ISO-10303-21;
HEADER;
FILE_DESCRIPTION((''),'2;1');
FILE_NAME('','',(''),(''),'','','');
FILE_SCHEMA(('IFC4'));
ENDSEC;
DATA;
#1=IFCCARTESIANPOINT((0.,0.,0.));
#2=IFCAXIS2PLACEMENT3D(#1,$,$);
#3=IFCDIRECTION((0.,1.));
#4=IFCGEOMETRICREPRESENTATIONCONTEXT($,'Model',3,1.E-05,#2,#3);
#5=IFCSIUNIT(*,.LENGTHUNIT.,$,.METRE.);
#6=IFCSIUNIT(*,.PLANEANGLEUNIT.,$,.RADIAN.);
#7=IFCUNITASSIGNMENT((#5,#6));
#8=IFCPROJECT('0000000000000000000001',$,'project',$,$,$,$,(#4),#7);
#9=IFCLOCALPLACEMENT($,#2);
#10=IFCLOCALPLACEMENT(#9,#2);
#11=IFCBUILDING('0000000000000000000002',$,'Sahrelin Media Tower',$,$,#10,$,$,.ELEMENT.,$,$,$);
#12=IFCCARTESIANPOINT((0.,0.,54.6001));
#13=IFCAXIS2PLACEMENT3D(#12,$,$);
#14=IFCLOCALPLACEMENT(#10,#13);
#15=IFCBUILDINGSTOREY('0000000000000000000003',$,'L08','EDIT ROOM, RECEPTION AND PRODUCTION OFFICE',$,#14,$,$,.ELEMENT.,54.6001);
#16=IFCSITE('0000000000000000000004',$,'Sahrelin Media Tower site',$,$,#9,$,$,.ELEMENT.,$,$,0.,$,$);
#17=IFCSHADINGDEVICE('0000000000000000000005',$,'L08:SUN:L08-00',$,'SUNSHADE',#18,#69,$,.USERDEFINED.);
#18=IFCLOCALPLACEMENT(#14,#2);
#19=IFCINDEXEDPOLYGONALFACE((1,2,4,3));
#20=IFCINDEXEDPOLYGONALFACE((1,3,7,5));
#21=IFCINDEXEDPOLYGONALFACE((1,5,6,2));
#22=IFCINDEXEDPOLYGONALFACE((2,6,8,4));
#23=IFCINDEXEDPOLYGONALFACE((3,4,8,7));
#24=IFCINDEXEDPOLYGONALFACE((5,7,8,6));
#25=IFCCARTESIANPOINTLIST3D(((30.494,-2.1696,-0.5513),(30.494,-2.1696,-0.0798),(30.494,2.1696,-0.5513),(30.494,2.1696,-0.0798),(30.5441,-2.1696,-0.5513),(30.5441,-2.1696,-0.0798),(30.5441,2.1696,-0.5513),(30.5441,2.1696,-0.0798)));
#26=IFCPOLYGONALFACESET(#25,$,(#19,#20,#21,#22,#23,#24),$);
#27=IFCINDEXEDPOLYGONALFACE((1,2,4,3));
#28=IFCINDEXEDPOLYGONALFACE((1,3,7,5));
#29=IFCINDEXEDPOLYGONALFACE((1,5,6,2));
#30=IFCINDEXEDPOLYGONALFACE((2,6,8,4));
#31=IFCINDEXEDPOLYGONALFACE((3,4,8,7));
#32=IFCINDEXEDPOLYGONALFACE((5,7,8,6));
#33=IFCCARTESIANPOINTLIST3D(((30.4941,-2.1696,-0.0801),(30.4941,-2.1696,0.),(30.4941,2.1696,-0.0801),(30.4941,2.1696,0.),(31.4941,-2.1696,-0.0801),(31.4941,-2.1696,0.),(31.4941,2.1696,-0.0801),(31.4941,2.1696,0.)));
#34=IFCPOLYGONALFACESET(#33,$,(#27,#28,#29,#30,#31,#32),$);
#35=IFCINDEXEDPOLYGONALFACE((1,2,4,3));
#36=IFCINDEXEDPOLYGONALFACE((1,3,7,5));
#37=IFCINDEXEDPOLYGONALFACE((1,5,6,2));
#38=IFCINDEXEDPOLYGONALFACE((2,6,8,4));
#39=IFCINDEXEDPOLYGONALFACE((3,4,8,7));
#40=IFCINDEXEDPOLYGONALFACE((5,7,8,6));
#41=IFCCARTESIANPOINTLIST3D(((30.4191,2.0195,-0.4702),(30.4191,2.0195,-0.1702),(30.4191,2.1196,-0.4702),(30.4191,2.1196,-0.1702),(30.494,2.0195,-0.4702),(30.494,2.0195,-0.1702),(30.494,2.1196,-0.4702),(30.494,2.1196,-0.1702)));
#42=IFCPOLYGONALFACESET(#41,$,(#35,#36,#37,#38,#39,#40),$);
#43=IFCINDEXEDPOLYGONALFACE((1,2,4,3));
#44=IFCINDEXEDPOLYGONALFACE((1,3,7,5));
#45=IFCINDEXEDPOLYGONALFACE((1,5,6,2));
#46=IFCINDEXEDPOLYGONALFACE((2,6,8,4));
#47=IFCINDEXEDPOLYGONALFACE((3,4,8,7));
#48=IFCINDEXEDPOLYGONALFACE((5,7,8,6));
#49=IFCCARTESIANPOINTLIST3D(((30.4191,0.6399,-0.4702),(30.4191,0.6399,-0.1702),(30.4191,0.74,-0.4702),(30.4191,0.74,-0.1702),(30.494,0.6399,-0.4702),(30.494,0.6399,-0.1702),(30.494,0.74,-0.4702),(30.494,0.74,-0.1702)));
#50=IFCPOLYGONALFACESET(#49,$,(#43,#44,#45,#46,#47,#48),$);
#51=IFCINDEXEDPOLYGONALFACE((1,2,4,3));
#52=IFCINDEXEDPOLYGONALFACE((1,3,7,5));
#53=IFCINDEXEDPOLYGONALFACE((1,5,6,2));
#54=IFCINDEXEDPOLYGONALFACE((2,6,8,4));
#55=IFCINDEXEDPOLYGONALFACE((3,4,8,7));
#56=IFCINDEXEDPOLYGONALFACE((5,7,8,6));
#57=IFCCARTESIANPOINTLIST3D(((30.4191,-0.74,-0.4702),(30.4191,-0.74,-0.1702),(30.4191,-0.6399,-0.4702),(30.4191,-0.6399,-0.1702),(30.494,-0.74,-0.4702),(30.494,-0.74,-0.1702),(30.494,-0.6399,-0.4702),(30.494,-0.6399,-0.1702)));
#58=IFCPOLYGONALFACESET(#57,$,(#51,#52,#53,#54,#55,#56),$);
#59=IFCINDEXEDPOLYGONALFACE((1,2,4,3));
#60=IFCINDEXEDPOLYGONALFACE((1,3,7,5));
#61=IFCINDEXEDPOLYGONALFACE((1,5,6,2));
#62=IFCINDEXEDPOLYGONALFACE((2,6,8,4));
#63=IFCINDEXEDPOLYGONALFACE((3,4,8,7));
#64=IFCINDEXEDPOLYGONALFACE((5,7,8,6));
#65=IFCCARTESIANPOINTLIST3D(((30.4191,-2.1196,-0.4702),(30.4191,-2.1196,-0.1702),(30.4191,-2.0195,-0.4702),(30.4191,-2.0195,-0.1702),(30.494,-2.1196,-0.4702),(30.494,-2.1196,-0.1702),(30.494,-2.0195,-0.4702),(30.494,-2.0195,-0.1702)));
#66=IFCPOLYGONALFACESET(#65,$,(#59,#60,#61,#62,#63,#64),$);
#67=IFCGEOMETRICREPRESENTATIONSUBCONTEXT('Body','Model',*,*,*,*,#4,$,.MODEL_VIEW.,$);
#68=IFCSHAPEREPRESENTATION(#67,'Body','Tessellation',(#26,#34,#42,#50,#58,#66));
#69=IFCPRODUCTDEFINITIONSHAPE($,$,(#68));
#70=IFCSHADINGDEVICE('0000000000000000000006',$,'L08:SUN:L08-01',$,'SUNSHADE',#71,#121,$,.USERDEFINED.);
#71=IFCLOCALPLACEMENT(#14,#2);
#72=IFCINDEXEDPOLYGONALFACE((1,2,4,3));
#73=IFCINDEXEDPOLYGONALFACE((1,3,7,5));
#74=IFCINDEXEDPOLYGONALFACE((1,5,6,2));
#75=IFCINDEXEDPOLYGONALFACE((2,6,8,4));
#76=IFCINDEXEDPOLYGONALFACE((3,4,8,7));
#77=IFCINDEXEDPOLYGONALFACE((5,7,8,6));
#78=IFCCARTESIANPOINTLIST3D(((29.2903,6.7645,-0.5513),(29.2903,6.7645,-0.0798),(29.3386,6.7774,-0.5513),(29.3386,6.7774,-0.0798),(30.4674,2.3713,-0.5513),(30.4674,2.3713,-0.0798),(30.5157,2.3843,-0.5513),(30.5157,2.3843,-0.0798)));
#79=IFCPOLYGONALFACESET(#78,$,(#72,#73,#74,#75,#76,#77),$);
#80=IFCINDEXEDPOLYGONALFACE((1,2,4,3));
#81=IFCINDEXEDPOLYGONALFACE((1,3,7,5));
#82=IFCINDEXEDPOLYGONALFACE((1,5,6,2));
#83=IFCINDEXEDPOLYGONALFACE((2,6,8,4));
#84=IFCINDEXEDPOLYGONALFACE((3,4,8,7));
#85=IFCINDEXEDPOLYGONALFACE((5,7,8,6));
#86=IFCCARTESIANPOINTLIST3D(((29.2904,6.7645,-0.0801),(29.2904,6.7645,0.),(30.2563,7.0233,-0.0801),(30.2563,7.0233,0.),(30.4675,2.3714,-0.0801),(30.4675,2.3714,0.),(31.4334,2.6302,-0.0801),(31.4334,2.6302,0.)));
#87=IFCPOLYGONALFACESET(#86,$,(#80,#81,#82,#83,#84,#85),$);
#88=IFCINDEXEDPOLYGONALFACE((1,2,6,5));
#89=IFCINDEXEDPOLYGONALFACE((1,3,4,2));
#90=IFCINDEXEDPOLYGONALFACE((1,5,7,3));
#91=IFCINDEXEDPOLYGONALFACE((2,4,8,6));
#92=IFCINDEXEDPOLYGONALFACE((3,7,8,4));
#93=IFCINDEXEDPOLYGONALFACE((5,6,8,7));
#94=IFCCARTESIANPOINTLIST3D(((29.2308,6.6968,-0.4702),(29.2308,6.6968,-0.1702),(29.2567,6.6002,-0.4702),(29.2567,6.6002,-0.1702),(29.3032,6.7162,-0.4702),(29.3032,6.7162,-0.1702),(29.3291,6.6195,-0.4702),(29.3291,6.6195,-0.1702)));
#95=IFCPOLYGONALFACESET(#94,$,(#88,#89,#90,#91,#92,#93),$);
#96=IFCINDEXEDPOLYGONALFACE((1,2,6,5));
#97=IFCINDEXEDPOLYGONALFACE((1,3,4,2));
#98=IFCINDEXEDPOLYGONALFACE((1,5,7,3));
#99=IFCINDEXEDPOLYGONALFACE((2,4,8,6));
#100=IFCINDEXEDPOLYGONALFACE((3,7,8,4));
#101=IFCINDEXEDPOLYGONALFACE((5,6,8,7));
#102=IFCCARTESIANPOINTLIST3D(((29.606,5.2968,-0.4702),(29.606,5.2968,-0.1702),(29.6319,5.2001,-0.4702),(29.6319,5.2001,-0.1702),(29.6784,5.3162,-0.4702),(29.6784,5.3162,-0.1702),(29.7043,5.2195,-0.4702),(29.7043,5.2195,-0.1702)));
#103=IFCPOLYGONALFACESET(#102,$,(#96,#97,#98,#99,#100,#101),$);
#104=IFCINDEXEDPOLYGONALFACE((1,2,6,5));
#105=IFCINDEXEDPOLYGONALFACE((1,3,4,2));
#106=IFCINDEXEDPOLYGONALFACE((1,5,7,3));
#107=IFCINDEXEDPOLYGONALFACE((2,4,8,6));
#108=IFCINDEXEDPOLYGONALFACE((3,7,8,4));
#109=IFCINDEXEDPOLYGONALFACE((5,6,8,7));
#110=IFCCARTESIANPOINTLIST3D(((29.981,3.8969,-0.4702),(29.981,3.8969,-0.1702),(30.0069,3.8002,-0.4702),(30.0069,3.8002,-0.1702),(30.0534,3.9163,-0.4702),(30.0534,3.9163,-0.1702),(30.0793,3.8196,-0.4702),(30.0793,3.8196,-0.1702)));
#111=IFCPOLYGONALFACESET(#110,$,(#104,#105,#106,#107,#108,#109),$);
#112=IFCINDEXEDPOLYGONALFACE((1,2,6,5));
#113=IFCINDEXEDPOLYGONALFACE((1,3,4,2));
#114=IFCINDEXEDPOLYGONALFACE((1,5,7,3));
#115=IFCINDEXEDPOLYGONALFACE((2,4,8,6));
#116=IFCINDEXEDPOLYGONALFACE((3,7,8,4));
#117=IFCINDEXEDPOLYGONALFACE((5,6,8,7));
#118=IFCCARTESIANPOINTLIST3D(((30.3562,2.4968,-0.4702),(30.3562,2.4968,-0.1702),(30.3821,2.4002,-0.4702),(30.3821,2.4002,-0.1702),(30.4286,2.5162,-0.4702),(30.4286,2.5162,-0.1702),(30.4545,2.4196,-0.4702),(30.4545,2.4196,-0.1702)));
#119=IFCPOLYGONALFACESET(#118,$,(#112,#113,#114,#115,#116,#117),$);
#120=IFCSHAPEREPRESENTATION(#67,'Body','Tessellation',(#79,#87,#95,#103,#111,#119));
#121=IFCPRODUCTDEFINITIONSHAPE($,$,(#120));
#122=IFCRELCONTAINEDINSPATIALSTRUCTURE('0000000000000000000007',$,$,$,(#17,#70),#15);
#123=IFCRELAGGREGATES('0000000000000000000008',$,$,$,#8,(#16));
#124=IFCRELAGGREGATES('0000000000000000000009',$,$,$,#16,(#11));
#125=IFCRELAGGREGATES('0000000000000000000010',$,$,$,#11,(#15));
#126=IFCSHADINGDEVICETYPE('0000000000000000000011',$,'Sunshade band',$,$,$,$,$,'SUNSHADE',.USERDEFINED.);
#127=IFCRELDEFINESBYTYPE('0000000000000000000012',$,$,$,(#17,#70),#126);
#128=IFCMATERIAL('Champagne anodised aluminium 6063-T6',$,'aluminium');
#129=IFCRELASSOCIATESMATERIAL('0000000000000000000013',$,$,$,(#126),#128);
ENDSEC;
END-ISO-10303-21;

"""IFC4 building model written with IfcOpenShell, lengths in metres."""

from ifc_helpers import new_model, si_unit, direction, frame, origin, origin_2d, place, context, subcontext, project, spatial, rectangle, extrude, material, type_object, element, save


model = new_model("IFC4")

# Units and contexts
model_context = context("Model", 3, precision=1e-05, world=origin(), true_north=direction((0.0, 1.0)))
body_context = subcontext(model_context, "Body", "Model", "MODEL_VIEW")
ifc_project = project(units=[si_unit("LENGTHUNIT", "METRE"), si_unit("PLANEANGLEUNIT", "RADIAN")], contexts=[model_context])

# Site, building, storey
site_placement = place(None, origin())
site = spatial("IfcSite", under=ifc_project, at=site_placement, Name="Sahrelin Media Tower site", CompositionType="ELEMENT", RefElevation=0.0)
building_placement = place(site_placement, origin())
building = spatial("IfcBuilding", under=site, at=building_placement, Name="Sahrelin Media Tower", CompositionType="ELEMENT")
storey_placement = place(building_placement, frame((0.0, 0.0, 54.6001)))
storey = spatial("IfcBuildingStorey", under=building, at=storey_placement, Name="L08", Description="EDIT ROOM, RECEPTION AND PRODUCTION OFFICE", CompositionType="ELEMENT", Elevation=54.6001)

# Shared definitions
ifc_material_1 = material(Name="Champagne anodised aluminium 6063-T6", Category="aluminium")

# Shading devices
placement_1 = place(storey_placement, frame((30.4741, 0.0, 0.0), z_axis=(0.0, 0.0, 1.0), x_axis=(0.0, -1.0, 0.0)))
placement_2 = place(storey_placement, frame((29.8596, 4.5627, 0.0), z_axis=(0.0, 0.0, 1.0), x_axis=(0.258808, -0.965929, 0.0)))
shading_device_type_1 = type_object("IfcShadingDeviceType", Name="Sunshade band", ElementType="SUNSHADE", PredefinedType="USERDEFINED", material=ifc_material_1)
element("IfcShadingDevice", 1, at=placement_1, inside=storey, type_object=shading_device_type_1, Name="L08:SUN:L08-00", ObjectType="SUNSHADE", PredefinedType="USERDEFINED", context=body_context, shape_type="SweptSolid", body=[
    extrude(rectangle(XDim=4.3391, YDim=0.05, at=origin_2d()), frame((0.0, 0.0449, -0.5513)), (0.0, 0.0, 1.0), 0.4714),
    extrude(rectangle(XDim=4.3391, YDim=1.0, at=origin_2d()), frame((0.0, 0.52, -0.0801)), (0.0, 0.0, 1.0), 0.0801),
    extrude(rectangle(XDim=0.1001, YDim=0.075, at=origin_2d()), frame((-2.0696, -0.0176, -0.4702)), (0.0, 0.0, 1.0), 0.3),
    extrude(rectangle(XDim=0.1001, YDim=0.075, at=origin_2d()), frame((-0.6899, -0.0176, -0.4702)), (0.0, 0.0, 1.0), 0.3),
    extrude(rectangle(XDim=0.1001, YDim=0.075, at=origin_2d()), frame((0.6899, -0.0176, -0.4702)), (0.0, 0.0, 1.0), 0.3),
    extrude(rectangle(XDim=0.1001, YDim=0.075, at=origin_2d()), frame((2.0696, -0.0176, -0.4702)), (0.0, 0.0, 1.0), 0.3),
])
element("IfcShadingDevice", 2, at=placement_2, inside=storey, type_object=shading_device_type_1, Name="L08:SUN:L08-01", ObjectType="SUNSHADE", PredefinedType="USERDEFINED", context=body_context, shape_type="SweptSolid", body=[
    extrude(rectangle(XDim=4.5481, YDim=0.05, at=origin_2d()), frame((0.0, 0.0449, -0.5513)), (0.0, 0.0, 1.0), 0.4714),
    extrude(rectangle(XDim=4.5481, YDim=1.0, at=origin_2d()), frame((0.0, 0.52, -0.0801)), (0.0, 0.0, 1.0), 0.0801),
    extrude(rectangle(XDim=0.1001, YDim=0.075, at=origin_2d()), frame((-2.1741, -0.0176, -0.4702)), (0.0, 0.0, 1.0), 0.3),
    extrude(rectangle(XDim=0.1001, YDim=0.075, at=origin_2d()), frame((-0.7246, -0.0176, -0.4702)), (0.0, 0.0, 1.0), 0.3),
    extrude(rectangle(XDim=0.1001, YDim=0.075, at=origin_2d()), frame((0.7246, -0.0176, -0.4702)), (0.0, 0.0, 1.0), 0.3),
    extrude(rectangle(XDim=0.1001, YDim=0.075, at=origin_2d()), frame((2.1741, -0.0176, -0.4702)), (0.0, 0.0, 1.0), 0.3),
])

save(model, "model.ifc")
